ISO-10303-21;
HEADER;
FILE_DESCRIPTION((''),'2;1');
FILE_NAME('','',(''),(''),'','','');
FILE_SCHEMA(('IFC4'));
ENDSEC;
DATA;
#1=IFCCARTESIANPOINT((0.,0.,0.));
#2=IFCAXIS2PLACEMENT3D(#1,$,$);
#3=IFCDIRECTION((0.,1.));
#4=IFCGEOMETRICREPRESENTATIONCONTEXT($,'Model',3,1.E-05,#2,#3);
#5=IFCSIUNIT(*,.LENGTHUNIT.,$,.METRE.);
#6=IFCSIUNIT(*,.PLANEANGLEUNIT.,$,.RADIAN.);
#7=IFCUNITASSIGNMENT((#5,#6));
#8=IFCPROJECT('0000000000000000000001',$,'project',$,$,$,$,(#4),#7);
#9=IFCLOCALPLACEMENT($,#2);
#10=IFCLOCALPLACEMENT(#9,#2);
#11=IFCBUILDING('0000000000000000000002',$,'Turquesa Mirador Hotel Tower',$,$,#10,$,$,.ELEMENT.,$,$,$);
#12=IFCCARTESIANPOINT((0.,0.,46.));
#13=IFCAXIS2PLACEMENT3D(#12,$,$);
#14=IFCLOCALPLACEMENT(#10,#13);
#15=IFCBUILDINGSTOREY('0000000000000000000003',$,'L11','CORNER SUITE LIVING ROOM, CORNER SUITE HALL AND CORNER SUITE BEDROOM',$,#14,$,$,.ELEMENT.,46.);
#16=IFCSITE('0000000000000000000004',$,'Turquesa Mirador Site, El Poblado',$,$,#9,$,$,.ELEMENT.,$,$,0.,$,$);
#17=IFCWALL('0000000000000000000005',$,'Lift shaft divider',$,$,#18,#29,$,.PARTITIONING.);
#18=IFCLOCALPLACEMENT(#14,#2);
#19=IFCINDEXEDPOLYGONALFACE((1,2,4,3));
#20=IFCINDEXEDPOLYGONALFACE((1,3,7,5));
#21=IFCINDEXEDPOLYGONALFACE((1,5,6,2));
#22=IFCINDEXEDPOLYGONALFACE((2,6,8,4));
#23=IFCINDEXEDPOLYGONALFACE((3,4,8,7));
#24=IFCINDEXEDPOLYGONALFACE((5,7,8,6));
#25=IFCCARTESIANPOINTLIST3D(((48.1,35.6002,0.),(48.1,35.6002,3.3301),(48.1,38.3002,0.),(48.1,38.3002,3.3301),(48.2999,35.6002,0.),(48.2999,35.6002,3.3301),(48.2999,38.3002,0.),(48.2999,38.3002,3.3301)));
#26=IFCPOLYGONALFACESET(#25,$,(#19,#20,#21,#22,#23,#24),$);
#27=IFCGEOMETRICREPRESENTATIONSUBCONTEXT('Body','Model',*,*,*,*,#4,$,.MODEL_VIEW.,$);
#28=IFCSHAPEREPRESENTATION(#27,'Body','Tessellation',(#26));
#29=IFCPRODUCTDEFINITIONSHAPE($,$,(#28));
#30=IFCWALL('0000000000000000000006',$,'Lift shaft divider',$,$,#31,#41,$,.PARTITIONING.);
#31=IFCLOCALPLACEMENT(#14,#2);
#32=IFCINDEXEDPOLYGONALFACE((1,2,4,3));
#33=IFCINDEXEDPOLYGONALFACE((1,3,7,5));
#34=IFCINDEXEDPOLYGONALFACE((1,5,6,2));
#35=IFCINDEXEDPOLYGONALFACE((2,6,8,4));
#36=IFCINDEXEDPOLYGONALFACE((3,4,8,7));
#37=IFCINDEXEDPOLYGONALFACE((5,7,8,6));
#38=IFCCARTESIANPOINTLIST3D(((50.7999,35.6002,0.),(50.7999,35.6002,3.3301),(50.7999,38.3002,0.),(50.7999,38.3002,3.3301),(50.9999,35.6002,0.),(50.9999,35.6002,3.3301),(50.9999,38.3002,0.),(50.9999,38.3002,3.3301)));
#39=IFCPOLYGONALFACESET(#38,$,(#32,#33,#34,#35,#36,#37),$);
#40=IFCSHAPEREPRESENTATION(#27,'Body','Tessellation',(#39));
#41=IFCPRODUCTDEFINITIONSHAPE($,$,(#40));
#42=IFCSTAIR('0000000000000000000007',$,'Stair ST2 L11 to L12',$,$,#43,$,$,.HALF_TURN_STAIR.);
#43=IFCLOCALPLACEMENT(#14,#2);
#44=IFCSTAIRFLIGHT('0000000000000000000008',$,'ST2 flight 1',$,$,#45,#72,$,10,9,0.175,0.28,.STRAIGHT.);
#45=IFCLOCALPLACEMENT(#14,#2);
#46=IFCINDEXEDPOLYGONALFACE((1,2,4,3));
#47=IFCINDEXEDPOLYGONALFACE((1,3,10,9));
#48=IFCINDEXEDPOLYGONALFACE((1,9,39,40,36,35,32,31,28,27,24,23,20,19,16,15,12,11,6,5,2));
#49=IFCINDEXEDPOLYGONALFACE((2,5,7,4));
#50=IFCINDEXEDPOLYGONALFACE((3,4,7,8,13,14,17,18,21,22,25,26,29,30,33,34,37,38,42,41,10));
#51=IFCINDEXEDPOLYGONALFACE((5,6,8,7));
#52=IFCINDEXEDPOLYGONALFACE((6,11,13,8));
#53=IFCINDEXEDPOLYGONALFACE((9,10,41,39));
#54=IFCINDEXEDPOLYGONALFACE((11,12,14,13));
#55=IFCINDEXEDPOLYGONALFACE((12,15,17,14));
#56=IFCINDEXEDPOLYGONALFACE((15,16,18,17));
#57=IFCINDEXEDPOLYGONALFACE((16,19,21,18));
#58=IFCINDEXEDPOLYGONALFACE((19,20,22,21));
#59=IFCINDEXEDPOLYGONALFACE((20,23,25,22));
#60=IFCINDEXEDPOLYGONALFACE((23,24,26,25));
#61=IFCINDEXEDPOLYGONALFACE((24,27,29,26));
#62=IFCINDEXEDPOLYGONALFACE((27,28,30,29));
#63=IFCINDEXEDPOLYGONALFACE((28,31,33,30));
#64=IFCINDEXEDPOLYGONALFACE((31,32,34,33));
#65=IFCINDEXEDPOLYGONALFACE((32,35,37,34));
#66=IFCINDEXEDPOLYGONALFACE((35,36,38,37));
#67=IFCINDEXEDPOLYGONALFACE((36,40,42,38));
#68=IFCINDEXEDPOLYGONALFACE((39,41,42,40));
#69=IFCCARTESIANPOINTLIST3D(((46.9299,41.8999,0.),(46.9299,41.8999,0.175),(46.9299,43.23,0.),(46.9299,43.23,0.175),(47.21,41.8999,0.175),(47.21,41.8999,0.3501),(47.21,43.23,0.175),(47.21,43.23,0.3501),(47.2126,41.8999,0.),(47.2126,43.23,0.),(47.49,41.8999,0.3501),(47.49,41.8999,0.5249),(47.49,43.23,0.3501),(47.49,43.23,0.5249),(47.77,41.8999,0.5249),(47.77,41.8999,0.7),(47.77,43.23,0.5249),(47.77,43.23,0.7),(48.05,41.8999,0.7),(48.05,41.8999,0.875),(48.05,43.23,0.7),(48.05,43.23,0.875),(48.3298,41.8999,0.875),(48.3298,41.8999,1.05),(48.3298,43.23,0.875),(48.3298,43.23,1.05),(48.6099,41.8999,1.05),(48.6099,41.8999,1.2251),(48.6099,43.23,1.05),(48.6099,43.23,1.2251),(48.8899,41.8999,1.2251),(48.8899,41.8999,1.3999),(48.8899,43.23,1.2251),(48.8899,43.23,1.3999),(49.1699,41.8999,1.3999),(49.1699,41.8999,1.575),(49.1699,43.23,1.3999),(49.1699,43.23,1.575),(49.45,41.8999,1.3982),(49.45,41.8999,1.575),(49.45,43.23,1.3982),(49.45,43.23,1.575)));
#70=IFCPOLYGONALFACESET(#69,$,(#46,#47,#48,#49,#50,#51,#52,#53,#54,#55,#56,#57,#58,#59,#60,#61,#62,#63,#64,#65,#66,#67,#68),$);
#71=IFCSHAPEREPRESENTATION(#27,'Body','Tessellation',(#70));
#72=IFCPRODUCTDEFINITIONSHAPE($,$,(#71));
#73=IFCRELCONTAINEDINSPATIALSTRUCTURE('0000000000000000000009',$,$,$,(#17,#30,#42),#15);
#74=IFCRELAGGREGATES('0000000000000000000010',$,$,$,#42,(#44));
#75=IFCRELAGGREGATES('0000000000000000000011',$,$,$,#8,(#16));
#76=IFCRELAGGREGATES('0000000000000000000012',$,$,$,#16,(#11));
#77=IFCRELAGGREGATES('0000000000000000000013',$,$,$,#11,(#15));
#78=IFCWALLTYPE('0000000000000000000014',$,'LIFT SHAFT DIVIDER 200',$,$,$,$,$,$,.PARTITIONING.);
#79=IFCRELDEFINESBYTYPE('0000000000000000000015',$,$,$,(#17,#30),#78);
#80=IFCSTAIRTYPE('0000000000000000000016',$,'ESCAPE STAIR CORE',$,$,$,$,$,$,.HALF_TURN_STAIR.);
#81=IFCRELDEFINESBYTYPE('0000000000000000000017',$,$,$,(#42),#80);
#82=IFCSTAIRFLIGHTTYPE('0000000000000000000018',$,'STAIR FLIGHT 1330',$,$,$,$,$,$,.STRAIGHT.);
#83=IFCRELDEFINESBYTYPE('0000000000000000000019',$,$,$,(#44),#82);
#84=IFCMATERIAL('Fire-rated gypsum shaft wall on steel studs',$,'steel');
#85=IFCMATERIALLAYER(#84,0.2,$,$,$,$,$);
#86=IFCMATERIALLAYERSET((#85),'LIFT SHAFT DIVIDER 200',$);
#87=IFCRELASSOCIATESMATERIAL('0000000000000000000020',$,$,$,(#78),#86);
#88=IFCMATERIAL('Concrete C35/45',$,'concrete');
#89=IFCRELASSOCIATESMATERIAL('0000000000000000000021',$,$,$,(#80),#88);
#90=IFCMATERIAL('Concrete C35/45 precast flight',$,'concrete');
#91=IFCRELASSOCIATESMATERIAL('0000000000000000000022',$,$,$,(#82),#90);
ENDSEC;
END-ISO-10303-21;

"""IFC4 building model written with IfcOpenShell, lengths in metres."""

from ifc_helpers import new_model, si_unit, direction, frame, frame_2d, origin, place, context, subcontext, project, spatial, polyline, rectangle, outline, extrude, material, layer, layer_set, type_object, element, aggregate, save


model = new_model("IFC4")

# Units and contexts
model_context = context("Model", 3, precision=1e-05, world=origin(), true_north=direction((0.0, 1.0)))
body_context = subcontext(model_context, "Body", "Model", "MODEL_VIEW")
ifc_project = project(units=[si_unit("LENGTHUNIT", "METRE"), si_unit("PLANEANGLEUNIT", "RADIAN")], contexts=[model_context])

# Site, building, storey
site_placement = place(None, origin())
site = spatial("IfcSite", under=ifc_project, at=site_placement, Name="Turquesa Mirador Site, El Poblado", CompositionType="ELEMENT", RefElevation=0.0)
building_placement = place(site_placement, origin())
building = spatial("IfcBuilding", under=site, at=building_placement, Name="Turquesa Mirador Hotel Tower", CompositionType="ELEMENT")
storey_placement = place(building_placement, frame((0.0, 0.0, 46.0)))
storey = spatial("IfcBuildingStorey", under=building, at=storey_placement, Name="L11", Description="CORNER SUITE LIVING ROOM, CORNER SUITE HALL AND CORNER SUITE BEDROOM", CompositionType="ELEMENT", Elevation=46.0)

# Walls
ifc_material_1 = material(Name="Fire-rated gypsum shaft wall on steel studs", Category="steel")
ifc_layer_1 = layer(ifc_material_1, 0.2)
ifc_layer_set_1 = layer_set([ifc_layer_1], Name="LIFT SHAFT DIVIDER 200")
wall_type_1 = type_object("IfcWallType", Name="LIFT SHAFT DIVIDER 200", PredefinedType="PARTITIONING", material=ifc_layer_set_1)
for number, where, z_axis, x_axis, name in (
    (1, (48.2, 35.6001, 0.0), (0.0, 0.0, 1.0), (0.0, 1.0, 0.0), "Lift shaft divider"),
    (2, (50.8999, 35.6001, 0.0), (0.0, 0.0, 1.0), (0.0, 1.0, 0.0), "Lift shaft divider"),
):
    element("IfcWall", number, at=place(storey_placement, frame(where, z_axis=z_axis, x_axis=x_axis)), inside=storey, type_object=wall_type_1, Name=name, PredefinedType="PARTITIONING", context=body_context, shape_type="SweptSolid", body=[
        extrude(rectangle(XDim=2.7, YDim=0.2, at=frame_2d((1.3501, 0.0))), origin(), (0.0, 0.0, 1.0), 3.3301),
    ])

# Stair, stair flight
ifc_material_2 = material(Name="Concrete C35/45", Category="concrete")
stair_type = type_object("IfcStairType", Name="ESCAPE STAIR CORE", PredefinedType="HALF_TURN_STAIR", material=ifc_material_2)
stair_placement = place(storey_placement, origin())
stair = element("IfcStair", 3, at=stair_placement, inside=storey, type_object=stair_type, Name="Stair ST2 L11 to L12", PredefinedType="HALF_TURN_STAIR")
ifc_material_3 = material(Name="Concrete C35/45 precast flight", Category="concrete")
stair_flight_type = type_object("IfcStairFlightType", Name="STAIR FLIGHT 1330", PredefinedType="STRAIGHT", material=ifc_material_3)
stair_flight_placement = place(storey_placement, frame((46.9299, 42.5649, 0.0), z_axis=(0.0, 0.0, 1.0), x_axis=(1.0, 0.0, 0.0)))
stair_flight = element("IfcStairFlight", 4, at=stair_flight_placement, type_object=stair_flight_type, Name="ST2 flight 1", NumberOfRisers=10, NumberOfTreads=9, PredefinedType="STRAIGHT", RiserHeight=0.175, TreadLength=0.28, context=body_context, shape_type="SweptSolid", body=[
    extrude(outline(polyline([(0.0, 0.0), (0.0, 0.175), (0.28, 0.175), (0.28, 0.3501), (0.5601, 0.3501), (0.5601, 0.5249), (0.8401, 0.5249), (0.8401, 0.7), (1.1201, 0.7), (1.1201, 0.875), (1.3999, 0.875), (1.3999, 1.05), (1.6799, 1.05), (1.6799, 1.2251), (1.96, 1.2251), (1.96, 1.3999), (2.24, 1.3999), (2.24, 1.575), (2.52, 1.575), (2.52, 1.75), (2.52, 1.3982), (0.2827, 0.0), (0.0, 0.0)])), frame((0.0, 0.665, 0.0), z_axis=(0.0, -1.0, 0.0), x_axis=(1.0, 0.0, 0.0)), (0.0, 0.0, 1.0), 1.3301),
])
aggregate(stair, [stair_flight])

save(model, "model.ifc")
